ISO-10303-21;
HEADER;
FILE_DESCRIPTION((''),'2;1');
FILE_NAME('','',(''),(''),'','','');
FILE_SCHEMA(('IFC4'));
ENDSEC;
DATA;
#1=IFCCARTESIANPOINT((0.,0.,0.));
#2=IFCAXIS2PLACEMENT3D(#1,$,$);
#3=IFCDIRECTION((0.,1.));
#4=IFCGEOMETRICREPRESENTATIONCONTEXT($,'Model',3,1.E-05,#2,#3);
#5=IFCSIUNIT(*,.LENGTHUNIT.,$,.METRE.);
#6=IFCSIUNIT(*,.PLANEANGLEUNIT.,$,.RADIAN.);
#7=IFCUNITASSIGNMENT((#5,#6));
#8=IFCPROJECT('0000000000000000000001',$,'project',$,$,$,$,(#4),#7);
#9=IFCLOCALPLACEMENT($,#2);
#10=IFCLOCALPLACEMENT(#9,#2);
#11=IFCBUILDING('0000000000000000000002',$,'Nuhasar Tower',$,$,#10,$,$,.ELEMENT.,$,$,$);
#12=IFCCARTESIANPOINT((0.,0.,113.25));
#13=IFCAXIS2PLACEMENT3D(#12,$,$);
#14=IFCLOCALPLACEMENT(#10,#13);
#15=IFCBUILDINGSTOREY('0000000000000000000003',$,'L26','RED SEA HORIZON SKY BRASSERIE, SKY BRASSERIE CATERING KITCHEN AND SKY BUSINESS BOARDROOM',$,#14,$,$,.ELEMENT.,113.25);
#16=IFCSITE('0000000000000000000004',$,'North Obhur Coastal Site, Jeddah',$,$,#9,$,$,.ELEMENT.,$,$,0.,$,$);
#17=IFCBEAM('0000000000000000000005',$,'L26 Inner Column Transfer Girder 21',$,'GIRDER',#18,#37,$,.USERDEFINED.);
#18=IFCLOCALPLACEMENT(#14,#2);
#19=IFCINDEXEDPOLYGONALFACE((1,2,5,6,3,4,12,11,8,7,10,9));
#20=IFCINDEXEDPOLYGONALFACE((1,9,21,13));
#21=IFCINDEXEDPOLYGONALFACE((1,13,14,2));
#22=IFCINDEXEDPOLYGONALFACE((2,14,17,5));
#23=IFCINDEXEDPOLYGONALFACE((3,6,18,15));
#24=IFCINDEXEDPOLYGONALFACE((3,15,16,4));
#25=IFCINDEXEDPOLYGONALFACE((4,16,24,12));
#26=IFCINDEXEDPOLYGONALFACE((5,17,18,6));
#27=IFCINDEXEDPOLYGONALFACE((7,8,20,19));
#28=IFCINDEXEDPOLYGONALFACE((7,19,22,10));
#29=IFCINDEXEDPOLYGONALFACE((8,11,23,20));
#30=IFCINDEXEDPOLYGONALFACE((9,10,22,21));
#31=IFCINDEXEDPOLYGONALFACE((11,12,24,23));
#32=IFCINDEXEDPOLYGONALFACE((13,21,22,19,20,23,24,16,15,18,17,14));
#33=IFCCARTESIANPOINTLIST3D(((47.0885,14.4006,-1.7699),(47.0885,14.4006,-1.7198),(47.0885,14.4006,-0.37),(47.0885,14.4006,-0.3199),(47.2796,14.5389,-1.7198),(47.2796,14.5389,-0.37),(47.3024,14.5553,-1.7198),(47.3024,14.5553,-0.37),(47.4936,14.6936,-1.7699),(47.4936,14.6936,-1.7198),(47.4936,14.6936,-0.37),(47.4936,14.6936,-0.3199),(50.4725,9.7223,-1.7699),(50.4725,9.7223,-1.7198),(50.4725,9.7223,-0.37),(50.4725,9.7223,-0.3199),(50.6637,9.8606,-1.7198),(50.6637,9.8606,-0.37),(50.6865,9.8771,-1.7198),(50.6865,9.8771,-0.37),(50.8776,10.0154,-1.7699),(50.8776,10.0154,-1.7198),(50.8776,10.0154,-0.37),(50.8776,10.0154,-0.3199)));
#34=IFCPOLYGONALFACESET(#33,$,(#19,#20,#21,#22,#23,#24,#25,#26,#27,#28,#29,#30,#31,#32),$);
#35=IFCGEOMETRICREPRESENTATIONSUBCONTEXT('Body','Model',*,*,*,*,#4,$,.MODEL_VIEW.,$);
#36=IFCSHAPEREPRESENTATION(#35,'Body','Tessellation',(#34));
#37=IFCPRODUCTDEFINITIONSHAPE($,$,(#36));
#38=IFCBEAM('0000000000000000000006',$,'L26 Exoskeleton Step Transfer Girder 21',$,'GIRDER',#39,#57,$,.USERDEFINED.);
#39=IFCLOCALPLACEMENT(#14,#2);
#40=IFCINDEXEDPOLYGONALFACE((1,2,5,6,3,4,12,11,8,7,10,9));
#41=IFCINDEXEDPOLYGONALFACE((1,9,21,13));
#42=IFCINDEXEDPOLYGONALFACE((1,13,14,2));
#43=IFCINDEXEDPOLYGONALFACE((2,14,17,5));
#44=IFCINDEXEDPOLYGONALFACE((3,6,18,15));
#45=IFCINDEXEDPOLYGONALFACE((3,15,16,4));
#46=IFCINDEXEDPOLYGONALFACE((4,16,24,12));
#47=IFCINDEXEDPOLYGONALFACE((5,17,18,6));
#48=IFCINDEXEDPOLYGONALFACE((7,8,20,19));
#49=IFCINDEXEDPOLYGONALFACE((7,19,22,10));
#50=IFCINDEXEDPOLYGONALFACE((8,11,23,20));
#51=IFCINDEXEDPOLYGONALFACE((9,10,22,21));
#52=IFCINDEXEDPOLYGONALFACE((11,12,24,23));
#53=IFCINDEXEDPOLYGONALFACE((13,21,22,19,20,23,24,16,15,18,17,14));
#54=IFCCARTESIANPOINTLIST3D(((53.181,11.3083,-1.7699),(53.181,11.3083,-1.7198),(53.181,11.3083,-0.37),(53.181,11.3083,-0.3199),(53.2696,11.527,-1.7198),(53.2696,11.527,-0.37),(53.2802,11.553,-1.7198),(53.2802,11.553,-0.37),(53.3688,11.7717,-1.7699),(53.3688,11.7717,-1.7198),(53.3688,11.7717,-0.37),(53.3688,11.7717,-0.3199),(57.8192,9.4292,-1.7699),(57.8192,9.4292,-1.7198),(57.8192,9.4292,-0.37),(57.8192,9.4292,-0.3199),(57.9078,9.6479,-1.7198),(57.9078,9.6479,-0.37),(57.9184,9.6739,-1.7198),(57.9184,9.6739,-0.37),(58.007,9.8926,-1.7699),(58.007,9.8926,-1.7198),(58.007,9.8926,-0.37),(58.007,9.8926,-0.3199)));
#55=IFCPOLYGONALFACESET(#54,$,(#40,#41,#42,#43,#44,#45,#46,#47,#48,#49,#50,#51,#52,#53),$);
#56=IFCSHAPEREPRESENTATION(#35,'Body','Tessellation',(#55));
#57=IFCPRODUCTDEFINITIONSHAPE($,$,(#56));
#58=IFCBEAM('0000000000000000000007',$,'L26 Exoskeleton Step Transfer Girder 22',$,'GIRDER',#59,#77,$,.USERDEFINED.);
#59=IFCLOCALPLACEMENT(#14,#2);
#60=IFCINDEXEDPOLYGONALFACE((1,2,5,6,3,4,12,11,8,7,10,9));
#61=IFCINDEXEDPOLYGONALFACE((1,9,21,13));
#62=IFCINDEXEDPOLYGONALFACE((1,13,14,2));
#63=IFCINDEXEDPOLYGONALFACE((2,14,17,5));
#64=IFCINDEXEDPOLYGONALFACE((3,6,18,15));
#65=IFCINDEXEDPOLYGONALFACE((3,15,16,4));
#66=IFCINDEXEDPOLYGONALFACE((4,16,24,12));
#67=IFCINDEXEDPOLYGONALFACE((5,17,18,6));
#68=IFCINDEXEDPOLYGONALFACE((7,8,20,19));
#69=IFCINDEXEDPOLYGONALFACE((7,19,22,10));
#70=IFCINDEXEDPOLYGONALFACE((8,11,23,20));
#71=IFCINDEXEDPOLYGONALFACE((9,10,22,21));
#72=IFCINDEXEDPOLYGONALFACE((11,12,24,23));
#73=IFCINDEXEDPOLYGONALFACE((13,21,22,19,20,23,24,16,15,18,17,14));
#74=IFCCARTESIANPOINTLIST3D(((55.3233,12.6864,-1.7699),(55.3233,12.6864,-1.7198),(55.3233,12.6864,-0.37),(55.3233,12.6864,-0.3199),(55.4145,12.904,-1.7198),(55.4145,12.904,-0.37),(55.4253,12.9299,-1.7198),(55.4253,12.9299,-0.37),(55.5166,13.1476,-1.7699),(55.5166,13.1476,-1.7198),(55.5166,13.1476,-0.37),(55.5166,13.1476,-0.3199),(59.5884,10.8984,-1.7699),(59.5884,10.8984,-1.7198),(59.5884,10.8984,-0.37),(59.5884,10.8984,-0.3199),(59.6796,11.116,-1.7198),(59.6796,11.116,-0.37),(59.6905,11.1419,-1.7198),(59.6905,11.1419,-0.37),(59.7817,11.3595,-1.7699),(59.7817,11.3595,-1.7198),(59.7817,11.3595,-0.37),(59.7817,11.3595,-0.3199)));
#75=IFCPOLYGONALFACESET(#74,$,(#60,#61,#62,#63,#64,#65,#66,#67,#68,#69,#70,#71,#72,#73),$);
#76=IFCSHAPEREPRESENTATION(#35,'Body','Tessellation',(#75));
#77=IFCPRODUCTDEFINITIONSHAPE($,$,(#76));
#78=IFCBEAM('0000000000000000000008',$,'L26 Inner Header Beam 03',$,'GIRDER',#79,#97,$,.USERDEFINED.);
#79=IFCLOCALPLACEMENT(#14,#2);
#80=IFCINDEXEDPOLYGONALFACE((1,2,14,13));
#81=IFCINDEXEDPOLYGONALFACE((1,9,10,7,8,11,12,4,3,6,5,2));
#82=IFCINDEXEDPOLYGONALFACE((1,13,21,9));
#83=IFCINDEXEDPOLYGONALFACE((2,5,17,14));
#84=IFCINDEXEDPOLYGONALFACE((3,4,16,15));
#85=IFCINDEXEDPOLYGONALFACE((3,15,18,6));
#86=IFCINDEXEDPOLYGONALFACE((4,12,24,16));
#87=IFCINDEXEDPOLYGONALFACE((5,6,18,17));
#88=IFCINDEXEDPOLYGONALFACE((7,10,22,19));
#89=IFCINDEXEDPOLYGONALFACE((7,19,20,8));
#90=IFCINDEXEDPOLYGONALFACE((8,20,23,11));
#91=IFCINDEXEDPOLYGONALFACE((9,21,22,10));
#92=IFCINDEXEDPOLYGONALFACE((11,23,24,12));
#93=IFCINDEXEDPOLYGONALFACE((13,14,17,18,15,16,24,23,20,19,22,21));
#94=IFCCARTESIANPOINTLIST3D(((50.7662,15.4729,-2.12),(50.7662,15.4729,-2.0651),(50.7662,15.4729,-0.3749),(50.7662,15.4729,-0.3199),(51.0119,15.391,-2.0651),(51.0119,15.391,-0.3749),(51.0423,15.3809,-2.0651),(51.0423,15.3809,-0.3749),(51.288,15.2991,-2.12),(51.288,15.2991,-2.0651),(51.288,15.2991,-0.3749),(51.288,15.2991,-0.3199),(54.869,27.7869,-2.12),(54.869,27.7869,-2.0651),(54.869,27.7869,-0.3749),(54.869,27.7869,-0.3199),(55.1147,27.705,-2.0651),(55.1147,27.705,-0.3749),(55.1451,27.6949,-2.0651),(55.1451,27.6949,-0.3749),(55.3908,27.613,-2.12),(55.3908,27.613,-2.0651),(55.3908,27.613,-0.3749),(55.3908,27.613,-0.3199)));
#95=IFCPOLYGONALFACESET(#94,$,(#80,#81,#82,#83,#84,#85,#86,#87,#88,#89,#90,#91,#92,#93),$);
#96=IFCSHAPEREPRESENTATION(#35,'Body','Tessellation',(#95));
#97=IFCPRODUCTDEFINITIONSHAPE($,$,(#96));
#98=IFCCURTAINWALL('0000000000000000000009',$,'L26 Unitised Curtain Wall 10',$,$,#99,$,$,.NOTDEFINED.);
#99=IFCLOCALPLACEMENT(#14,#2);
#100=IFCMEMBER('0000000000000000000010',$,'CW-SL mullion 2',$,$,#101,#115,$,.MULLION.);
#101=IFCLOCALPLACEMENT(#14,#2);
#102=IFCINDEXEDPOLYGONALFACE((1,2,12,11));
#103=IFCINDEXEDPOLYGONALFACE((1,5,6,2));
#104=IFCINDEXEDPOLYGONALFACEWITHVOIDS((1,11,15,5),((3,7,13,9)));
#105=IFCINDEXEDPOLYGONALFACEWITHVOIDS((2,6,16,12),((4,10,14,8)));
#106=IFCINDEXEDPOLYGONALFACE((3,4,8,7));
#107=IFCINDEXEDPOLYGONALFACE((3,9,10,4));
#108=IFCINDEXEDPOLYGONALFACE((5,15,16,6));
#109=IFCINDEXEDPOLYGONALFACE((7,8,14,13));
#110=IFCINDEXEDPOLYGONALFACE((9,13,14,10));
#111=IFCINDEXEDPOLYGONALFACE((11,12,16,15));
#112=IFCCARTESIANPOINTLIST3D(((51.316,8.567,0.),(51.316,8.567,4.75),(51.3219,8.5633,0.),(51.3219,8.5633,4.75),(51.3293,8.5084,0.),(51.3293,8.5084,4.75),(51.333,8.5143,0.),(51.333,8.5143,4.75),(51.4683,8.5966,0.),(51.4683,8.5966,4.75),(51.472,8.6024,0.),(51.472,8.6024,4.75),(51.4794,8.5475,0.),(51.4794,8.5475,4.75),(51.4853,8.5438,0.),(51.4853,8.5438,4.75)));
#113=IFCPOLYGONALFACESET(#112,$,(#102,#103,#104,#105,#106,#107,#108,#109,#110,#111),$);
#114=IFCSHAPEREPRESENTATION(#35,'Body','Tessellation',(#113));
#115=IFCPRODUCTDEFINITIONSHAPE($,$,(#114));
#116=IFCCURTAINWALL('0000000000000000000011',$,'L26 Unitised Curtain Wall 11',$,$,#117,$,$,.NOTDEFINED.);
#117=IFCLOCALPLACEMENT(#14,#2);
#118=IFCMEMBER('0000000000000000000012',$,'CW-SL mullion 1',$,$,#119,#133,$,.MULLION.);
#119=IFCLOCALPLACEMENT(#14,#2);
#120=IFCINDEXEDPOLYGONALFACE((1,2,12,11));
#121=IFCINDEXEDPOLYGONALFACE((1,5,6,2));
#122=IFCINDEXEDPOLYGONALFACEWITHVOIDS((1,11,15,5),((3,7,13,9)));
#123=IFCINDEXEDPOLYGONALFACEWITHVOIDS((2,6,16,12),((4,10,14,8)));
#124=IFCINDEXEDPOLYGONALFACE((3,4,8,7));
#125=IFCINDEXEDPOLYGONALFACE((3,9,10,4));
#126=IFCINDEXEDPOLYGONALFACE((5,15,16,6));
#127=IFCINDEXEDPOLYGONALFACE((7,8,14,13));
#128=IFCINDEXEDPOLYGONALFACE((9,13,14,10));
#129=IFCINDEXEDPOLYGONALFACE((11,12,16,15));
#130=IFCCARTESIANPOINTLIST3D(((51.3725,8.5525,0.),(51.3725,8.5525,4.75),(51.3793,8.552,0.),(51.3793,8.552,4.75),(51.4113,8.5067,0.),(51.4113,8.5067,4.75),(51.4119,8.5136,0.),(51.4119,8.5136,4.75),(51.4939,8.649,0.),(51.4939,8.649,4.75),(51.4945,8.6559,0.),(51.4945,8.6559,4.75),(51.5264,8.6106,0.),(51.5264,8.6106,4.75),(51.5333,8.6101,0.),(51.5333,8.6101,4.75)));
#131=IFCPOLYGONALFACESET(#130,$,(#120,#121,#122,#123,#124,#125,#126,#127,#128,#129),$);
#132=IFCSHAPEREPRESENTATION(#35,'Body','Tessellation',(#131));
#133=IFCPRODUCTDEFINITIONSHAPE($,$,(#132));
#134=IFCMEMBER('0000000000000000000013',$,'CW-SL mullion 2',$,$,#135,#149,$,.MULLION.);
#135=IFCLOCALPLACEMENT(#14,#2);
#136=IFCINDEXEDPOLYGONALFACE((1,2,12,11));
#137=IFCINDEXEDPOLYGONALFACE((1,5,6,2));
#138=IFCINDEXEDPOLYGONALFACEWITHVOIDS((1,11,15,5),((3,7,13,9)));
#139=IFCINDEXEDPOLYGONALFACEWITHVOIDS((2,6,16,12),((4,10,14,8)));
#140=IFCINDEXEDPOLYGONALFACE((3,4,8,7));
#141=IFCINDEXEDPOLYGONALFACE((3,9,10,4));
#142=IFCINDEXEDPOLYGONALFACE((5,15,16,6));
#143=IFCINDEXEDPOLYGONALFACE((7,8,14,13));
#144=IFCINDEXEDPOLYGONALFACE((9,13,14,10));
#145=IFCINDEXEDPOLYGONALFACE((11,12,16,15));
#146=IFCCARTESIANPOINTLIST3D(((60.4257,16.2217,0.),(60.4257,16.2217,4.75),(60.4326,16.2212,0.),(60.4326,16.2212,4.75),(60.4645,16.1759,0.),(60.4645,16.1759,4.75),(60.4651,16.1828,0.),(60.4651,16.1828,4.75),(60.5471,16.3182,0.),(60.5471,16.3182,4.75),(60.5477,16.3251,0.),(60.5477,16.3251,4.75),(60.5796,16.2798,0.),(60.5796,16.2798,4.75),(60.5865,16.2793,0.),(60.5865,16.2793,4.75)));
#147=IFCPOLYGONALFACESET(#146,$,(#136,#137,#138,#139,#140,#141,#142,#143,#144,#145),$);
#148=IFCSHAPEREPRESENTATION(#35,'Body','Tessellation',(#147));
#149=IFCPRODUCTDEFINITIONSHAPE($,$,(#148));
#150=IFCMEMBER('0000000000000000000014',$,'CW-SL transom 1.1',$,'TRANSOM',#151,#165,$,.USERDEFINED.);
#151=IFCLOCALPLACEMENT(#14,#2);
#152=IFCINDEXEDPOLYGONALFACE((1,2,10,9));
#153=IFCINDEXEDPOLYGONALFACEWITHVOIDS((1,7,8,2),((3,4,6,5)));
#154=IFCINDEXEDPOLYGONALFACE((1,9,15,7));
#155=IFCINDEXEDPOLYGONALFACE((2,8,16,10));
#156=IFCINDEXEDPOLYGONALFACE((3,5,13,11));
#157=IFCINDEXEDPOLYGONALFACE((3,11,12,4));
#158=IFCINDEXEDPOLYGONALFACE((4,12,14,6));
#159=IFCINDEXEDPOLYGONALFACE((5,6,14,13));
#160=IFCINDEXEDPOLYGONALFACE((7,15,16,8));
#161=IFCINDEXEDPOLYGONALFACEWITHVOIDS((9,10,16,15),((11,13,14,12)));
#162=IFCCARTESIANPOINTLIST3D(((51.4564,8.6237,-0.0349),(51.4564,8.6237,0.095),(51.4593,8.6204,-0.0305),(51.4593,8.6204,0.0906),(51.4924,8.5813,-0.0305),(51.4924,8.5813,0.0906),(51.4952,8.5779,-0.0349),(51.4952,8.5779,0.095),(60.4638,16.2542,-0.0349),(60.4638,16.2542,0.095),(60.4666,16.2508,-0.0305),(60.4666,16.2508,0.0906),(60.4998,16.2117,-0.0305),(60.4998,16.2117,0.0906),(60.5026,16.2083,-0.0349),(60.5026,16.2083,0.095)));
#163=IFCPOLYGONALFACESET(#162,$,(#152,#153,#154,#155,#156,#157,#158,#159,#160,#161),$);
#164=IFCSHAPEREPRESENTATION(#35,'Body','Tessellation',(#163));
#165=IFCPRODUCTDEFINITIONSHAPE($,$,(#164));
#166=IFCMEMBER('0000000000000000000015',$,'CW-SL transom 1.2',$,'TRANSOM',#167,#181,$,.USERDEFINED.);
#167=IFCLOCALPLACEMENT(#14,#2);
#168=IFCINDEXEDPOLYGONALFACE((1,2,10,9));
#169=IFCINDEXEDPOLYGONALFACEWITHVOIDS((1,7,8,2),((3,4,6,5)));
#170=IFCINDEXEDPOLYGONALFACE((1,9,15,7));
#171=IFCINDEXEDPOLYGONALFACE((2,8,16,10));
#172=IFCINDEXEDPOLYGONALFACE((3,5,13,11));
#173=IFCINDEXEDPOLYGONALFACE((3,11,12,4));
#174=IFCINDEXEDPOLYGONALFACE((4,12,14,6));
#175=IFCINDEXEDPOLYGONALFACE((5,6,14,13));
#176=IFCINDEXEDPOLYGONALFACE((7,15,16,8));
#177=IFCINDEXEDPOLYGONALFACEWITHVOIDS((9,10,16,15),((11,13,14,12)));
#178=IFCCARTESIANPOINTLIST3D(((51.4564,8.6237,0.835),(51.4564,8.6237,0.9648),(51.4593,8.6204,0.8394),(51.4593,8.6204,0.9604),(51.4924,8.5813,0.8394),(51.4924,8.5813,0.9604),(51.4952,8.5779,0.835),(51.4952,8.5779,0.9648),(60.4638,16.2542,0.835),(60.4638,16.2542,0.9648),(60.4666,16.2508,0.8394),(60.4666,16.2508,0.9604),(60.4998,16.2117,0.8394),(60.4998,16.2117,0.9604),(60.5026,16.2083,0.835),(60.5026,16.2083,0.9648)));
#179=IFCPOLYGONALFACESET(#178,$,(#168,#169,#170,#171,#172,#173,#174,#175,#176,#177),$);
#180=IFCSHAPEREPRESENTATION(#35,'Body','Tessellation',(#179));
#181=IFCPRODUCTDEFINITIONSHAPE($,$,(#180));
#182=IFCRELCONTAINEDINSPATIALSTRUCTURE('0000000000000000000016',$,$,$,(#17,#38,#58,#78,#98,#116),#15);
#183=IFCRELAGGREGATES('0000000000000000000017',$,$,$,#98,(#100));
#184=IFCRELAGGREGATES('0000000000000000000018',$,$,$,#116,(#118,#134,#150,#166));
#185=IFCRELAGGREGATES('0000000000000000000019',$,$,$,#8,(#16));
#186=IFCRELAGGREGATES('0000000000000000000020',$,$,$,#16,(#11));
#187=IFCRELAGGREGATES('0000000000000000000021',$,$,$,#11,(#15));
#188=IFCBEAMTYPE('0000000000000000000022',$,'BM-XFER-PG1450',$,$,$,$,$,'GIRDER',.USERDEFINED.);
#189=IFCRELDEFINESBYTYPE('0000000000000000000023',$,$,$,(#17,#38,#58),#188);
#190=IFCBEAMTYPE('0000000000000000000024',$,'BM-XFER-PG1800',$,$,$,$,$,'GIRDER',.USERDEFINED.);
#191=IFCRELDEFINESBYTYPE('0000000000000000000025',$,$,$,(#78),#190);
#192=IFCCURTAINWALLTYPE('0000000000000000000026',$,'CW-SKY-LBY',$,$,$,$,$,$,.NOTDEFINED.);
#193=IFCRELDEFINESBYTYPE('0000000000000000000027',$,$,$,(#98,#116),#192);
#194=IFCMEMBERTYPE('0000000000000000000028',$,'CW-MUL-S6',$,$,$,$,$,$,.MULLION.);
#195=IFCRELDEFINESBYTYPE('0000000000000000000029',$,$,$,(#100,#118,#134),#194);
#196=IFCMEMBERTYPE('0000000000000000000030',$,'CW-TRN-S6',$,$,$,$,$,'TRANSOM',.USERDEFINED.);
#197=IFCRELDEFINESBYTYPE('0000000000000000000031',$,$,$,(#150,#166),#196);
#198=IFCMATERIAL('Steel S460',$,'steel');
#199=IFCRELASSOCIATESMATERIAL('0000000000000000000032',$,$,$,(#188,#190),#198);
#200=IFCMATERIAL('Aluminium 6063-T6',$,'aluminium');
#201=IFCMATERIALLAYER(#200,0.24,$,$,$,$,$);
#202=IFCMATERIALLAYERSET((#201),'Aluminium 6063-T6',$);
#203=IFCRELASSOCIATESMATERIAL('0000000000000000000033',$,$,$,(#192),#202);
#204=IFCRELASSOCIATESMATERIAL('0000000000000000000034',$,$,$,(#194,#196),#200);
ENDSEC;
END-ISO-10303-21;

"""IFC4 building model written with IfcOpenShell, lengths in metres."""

from ifc_helpers import new_model, si_unit, direction, frame, origin, origin_2d, place, context, subcontext, project, spatial, hollow_rectangle, i_section, extrude, material, layer, layer_set, material_profile, profile_set, type_object, element, aggregate, save


model = new_model("IFC4")

# Units and contexts
model_context = context("Model", 3, precision=1e-05, world=origin(), true_north=direction((0.0, 1.0)))
body_context = subcontext(model_context, "Body", "Model", "MODEL_VIEW")
ifc_project = project(units=[si_unit("LENGTHUNIT", "METRE"), si_unit("PLANEANGLEUNIT", "RADIAN")], contexts=[model_context])

# Site, building, storey
site_placement = place(None, origin())
site = spatial("IfcSite", under=ifc_project, at=site_placement, Name="North Obhur Coastal Site, Jeddah", CompositionType="ELEMENT", RefElevation=0.0)
building_placement = place(site_placement, origin())
building = spatial("IfcBuilding", under=site, at=building_placement, Name="Nuhasar Tower", CompositionType="ELEMENT")
storey_placement = place(building_placement, frame((0.0, 0.0, 113.25)))
storey = spatial("IfcBuildingStorey", under=building, at=storey_placement, Name="L26", Description="RED SEA HORIZON SKY BRASSERIE, SKY BRASSERIE CATERING KITCHEN AND SKY BUSINESS BOARDROOM", CompositionType="ELEMENT", Elevation=113.25)

# Beams
ifc_material_1 = material(Name="Steel S460", Category="steel")
ifc_material_profile_1 = material_profile(ifc_material_1, i_section(OverallWidth=0.5, OverallDepth=1.45, WebThickness=0.0281, FlangeThickness=0.05, at=origin_2d()), Name="PG1450X500")
ifc_profile_set_1 = profile_set([ifc_material_profile_1], Name="Steel S460")
beam_type_1 = type_object("IfcBeamType", Name="BM-XFER-PG1450", ElementType="GIRDER", PredefinedType="USERDEFINED", material=ifc_profile_set_1)
beam_1_placement = place(storey_placement, frame((47.291, 14.5471, -1.0449), z_axis=(0.586096, -0.810242, 0.0), x_axis=(0.810242, 0.586096, 0.0)))
element("IfcBeam", 1, at=beam_1_placement, inside=storey, type_object=beam_type_1, Name="L26 Inner Column Transfer Girder 21", ObjectType="GIRDER", PredefinedType="USERDEFINED", context=body_context, shape_type="SweptSolid", body=[
    extrude(i_section(OverallWidth=0.5, OverallDepth=1.45, WebThickness=0.0281, FlangeThickness=0.05, at=origin_2d()), origin(), (0.0, 0.0, 1.0), 5.7739),
])
beam_2_placement = place(storey_placement, frame((53.2749, 11.54, -1.0449), z_axis=(0.926822, -0.3755, 0.0), x_axis=(0.3755, 0.926822, 0.0)))
element("IfcBeam", 2, at=beam_2_placement, inside=storey, type_object=beam_type_1, Name="L26 Exoskeleton Step Transfer Girder 21", ObjectType="GIRDER", PredefinedType="USERDEFINED", context=body_context, shape_type="SweptSolid", body=[
    extrude(i_section(OverallWidth=0.5, OverallDepth=1.45, WebThickness=0.0281, FlangeThickness=0.05, at=origin_2d()), origin(), (0.0, 0.0, 1.0), 5.0044),
])
beam_3_placement = place(storey_placement, frame((55.4199, 12.917, -1.0449), z_axis=(0.922234, -0.386631, 0.0), x_axis=(0.386631, 0.922234, 0.0)))
element("IfcBeam", 3, at=beam_3_placement, inside=storey, type_object=beam_type_1, Name="L26 Exoskeleton Step Transfer Girder 22", ObjectType="GIRDER", PredefinedType="USERDEFINED", context=body_context, shape_type="SweptSolid", body=[
    extrude(i_section(OverallWidth=0.5, OverallDepth=1.45, WebThickness=0.0281, FlangeThickness=0.05, at=origin_2d()), origin(), (0.0, 0.0, 1.0), 4.6248),
])
ifc_material_profile_2 = material_profile(ifc_material_1, i_section(OverallWidth=0.55, OverallDepth=1.8, WebThickness=0.032, FlangeThickness=0.0549, at=origin_2d()), Name="PG1800X550")
ifc_profile_set_2 = profile_set([ifc_material_profile_2], Name="Steel S460")
beam_type_2 = type_object("IfcBeamType", Name="BM-XFER-PG1800", ElementType="GIRDER", PredefinedType="USERDEFINED", material=ifc_profile_set_2)
beam_4_placement = place(storey_placement, frame((51.0271, 15.386, -1.22), z_axis=(0.316098, 0.948727, 0.0), x_axis=(-0.948727, 0.316098, 0.0)))
element("IfcBeam", 4, at=beam_4_placement, inside=storey, type_object=beam_type_2, Name="L26 Inner Header Beam 03", ObjectType="GIRDER", PredefinedType="USERDEFINED", context=body_context, shape_type="SweptSolid", body=[
    extrude(i_section(OverallWidth=0.55, OverallDepth=1.8, WebThickness=0.032, FlangeThickness=0.0549, at=origin_2d()), origin(), (0.0, 0.0, 1.0), 12.9795),
])

# Curtain wall, member
ifc_material_2 = material(Name="Aluminium 6063-T6", Category="aluminium")
ifc_layer_1 = layer(ifc_material_2, 0.24)
ifc_layer_set_1 = layer_set([ifc_layer_1], Name="Aluminium 6063-T6")
curtain_wall_type = type_object("IfcCurtainWallType", Name="CW-SKY-LBY", PredefinedType="NOTDEFINED", material=ifc_layer_set_1)
curtain_wall_1_placement = place(storey_placement, origin())
curtain_wall_1 = element("IfcCurtainWall", 5, at=curtain_wall_1_placement, inside=storey, type_object=curtain_wall_type, Name="L26 Unitised Curtain Wall 10", PredefinedType="NOTDEFINED")
ifc_material_profile_3 = material_profile(ifc_material_2, hollow_rectangle(XDim=0.0601, YDim=0.1599, WallThickness=0.0049, at=origin_2d()), Name="CWM-6")
ifc_profile_set_3 = profile_set([ifc_material_profile_3], Name="Aluminium 6063-T6")
member_type_1 = type_object("IfcMemberType", Name="CW-MUL-S6", PredefinedType="MULLION", material=ifc_profile_set_3)
member_1_placement = place(storey_placement, frame((51.4006, 8.5554, 0.0), z_axis=(0.0, 0.0, 1.0), x_axis=(-0.221397, 0.975184, 0.0)))
member_1 = element("IfcMember", 6, at=member_1_placement, type_object=member_type_1, Name="CW-SL mullion 2", PredefinedType="MULLION", context=body_context, shape_type="SweptSolid", body=[
    extrude(hollow_rectangle(XDim=0.0601, YDim=0.1599, WallThickness=0.0049, at=origin_2d()), origin(), (0.0, 0.0, 1.0), 4.75),
])
aggregate(curtain_wall_1, [member_1])

# Curtain wall, members
curtain_wall_2_placement = place(storey_placement, origin())
curtain_wall_2 = element("IfcCurtainWall", 7, at=curtain_wall_2_placement, inside=storey, type_object=curtain_wall_type, Name="L26 Unitised Curtain Wall 11", PredefinedType="NOTDEFINED")
member_2_placement = place(storey_placement, frame((51.4529, 8.5813, 0.0), z_axis=(0.0, 0.0, 1.0), x_axis=(-0.646374, 0.76302, 0.0)))
member_2 = element("IfcMember", 8, at=member_2_placement, type_object=member_type_1, Name="CW-SL mullion 1", PredefinedType="MULLION", context=body_context, shape_type="SweptSolid", body=[
    extrude(hollow_rectangle(XDim=0.0601, YDim=0.1599, WallThickness=0.0049, at=origin_2d()), origin(), (0.0, 0.0, 1.0), 4.75),
])
member_3_placement = place(storey_placement, frame((60.5061, 16.2505, 0.0), z_axis=(0.0, 0.0, 1.0), x_axis=(-0.646374, 0.76302, 0.0)))
member_3 = element("IfcMember", 9, at=member_3_placement, type_object=member_type_1, Name="CW-SL mullion 2", PredefinedType="MULLION", context=body_context, shape_type="SweptSolid", body=[
    extrude(hollow_rectangle(XDim=0.0601, YDim=0.1599, WallThickness=0.0049, at=origin_2d()), origin(), (0.0, 0.0, 1.0), 4.75),
])
ifc_material_profile_4 = material_profile(ifc_material_2, hollow_rectangle(XDim=0.0601, YDim=0.1299, WallThickness=0.0044, at=origin_2d()), Name="CWT-6")
ifc_profile_set_4 = profile_set([ifc_material_profile_4], Name="Aluminium 6063-T6")
member_type_2 = type_object("IfcMemberType", Name="CW-TRN-S6", ElementType="TRANSOM", PredefinedType="USERDEFINED", material=ifc_profile_set_4)
member_4_placement = place(storey_placement, frame((51.4758, 8.6008, 0.03), z_axis=(0.763019, 0.646376, 0.0), x_axis=(-0.646376, 0.763019, 0.0)))
member_4 = element("IfcMember", 10, at=member_4_placement, type_object=member_type_2, Name="CW-SL transom 1.1", ObjectType="TRANSOM", PredefinedType="USERDEFINED", context=body_context, shape_type="SweptSolid", body=[
    extrude(hollow_rectangle(XDim=0.0601, YDim=0.1299, WallThickness=0.0044, at=origin_2d()), origin(), (0.0, 0.0, 1.0), 11.8049),
])
member_5_placement = place(storey_placement, frame((51.4758, 8.6008, 0.8999), z_axis=(0.763019, 0.646376, 0.0), x_axis=(-0.646376, 0.763019, 0.0)))
member_5 = element("IfcMember", 11, at=member_5_placement, type_object=member_type_2, Name="CW-SL transom 1.2", ObjectType="TRANSOM", PredefinedType="USERDEFINED", context=body_context, shape_type="SweptSolid", body=[
    extrude(hollow_rectangle(XDim=0.0601, YDim=0.1299, WallThickness=0.0044, at=origin_2d()), origin(), (0.0, 0.0, 1.0), 11.8049),
])

aggregate(curtain_wall_2, [member_2, member_3, member_4, member_5])

save(model, "model.ifc")
